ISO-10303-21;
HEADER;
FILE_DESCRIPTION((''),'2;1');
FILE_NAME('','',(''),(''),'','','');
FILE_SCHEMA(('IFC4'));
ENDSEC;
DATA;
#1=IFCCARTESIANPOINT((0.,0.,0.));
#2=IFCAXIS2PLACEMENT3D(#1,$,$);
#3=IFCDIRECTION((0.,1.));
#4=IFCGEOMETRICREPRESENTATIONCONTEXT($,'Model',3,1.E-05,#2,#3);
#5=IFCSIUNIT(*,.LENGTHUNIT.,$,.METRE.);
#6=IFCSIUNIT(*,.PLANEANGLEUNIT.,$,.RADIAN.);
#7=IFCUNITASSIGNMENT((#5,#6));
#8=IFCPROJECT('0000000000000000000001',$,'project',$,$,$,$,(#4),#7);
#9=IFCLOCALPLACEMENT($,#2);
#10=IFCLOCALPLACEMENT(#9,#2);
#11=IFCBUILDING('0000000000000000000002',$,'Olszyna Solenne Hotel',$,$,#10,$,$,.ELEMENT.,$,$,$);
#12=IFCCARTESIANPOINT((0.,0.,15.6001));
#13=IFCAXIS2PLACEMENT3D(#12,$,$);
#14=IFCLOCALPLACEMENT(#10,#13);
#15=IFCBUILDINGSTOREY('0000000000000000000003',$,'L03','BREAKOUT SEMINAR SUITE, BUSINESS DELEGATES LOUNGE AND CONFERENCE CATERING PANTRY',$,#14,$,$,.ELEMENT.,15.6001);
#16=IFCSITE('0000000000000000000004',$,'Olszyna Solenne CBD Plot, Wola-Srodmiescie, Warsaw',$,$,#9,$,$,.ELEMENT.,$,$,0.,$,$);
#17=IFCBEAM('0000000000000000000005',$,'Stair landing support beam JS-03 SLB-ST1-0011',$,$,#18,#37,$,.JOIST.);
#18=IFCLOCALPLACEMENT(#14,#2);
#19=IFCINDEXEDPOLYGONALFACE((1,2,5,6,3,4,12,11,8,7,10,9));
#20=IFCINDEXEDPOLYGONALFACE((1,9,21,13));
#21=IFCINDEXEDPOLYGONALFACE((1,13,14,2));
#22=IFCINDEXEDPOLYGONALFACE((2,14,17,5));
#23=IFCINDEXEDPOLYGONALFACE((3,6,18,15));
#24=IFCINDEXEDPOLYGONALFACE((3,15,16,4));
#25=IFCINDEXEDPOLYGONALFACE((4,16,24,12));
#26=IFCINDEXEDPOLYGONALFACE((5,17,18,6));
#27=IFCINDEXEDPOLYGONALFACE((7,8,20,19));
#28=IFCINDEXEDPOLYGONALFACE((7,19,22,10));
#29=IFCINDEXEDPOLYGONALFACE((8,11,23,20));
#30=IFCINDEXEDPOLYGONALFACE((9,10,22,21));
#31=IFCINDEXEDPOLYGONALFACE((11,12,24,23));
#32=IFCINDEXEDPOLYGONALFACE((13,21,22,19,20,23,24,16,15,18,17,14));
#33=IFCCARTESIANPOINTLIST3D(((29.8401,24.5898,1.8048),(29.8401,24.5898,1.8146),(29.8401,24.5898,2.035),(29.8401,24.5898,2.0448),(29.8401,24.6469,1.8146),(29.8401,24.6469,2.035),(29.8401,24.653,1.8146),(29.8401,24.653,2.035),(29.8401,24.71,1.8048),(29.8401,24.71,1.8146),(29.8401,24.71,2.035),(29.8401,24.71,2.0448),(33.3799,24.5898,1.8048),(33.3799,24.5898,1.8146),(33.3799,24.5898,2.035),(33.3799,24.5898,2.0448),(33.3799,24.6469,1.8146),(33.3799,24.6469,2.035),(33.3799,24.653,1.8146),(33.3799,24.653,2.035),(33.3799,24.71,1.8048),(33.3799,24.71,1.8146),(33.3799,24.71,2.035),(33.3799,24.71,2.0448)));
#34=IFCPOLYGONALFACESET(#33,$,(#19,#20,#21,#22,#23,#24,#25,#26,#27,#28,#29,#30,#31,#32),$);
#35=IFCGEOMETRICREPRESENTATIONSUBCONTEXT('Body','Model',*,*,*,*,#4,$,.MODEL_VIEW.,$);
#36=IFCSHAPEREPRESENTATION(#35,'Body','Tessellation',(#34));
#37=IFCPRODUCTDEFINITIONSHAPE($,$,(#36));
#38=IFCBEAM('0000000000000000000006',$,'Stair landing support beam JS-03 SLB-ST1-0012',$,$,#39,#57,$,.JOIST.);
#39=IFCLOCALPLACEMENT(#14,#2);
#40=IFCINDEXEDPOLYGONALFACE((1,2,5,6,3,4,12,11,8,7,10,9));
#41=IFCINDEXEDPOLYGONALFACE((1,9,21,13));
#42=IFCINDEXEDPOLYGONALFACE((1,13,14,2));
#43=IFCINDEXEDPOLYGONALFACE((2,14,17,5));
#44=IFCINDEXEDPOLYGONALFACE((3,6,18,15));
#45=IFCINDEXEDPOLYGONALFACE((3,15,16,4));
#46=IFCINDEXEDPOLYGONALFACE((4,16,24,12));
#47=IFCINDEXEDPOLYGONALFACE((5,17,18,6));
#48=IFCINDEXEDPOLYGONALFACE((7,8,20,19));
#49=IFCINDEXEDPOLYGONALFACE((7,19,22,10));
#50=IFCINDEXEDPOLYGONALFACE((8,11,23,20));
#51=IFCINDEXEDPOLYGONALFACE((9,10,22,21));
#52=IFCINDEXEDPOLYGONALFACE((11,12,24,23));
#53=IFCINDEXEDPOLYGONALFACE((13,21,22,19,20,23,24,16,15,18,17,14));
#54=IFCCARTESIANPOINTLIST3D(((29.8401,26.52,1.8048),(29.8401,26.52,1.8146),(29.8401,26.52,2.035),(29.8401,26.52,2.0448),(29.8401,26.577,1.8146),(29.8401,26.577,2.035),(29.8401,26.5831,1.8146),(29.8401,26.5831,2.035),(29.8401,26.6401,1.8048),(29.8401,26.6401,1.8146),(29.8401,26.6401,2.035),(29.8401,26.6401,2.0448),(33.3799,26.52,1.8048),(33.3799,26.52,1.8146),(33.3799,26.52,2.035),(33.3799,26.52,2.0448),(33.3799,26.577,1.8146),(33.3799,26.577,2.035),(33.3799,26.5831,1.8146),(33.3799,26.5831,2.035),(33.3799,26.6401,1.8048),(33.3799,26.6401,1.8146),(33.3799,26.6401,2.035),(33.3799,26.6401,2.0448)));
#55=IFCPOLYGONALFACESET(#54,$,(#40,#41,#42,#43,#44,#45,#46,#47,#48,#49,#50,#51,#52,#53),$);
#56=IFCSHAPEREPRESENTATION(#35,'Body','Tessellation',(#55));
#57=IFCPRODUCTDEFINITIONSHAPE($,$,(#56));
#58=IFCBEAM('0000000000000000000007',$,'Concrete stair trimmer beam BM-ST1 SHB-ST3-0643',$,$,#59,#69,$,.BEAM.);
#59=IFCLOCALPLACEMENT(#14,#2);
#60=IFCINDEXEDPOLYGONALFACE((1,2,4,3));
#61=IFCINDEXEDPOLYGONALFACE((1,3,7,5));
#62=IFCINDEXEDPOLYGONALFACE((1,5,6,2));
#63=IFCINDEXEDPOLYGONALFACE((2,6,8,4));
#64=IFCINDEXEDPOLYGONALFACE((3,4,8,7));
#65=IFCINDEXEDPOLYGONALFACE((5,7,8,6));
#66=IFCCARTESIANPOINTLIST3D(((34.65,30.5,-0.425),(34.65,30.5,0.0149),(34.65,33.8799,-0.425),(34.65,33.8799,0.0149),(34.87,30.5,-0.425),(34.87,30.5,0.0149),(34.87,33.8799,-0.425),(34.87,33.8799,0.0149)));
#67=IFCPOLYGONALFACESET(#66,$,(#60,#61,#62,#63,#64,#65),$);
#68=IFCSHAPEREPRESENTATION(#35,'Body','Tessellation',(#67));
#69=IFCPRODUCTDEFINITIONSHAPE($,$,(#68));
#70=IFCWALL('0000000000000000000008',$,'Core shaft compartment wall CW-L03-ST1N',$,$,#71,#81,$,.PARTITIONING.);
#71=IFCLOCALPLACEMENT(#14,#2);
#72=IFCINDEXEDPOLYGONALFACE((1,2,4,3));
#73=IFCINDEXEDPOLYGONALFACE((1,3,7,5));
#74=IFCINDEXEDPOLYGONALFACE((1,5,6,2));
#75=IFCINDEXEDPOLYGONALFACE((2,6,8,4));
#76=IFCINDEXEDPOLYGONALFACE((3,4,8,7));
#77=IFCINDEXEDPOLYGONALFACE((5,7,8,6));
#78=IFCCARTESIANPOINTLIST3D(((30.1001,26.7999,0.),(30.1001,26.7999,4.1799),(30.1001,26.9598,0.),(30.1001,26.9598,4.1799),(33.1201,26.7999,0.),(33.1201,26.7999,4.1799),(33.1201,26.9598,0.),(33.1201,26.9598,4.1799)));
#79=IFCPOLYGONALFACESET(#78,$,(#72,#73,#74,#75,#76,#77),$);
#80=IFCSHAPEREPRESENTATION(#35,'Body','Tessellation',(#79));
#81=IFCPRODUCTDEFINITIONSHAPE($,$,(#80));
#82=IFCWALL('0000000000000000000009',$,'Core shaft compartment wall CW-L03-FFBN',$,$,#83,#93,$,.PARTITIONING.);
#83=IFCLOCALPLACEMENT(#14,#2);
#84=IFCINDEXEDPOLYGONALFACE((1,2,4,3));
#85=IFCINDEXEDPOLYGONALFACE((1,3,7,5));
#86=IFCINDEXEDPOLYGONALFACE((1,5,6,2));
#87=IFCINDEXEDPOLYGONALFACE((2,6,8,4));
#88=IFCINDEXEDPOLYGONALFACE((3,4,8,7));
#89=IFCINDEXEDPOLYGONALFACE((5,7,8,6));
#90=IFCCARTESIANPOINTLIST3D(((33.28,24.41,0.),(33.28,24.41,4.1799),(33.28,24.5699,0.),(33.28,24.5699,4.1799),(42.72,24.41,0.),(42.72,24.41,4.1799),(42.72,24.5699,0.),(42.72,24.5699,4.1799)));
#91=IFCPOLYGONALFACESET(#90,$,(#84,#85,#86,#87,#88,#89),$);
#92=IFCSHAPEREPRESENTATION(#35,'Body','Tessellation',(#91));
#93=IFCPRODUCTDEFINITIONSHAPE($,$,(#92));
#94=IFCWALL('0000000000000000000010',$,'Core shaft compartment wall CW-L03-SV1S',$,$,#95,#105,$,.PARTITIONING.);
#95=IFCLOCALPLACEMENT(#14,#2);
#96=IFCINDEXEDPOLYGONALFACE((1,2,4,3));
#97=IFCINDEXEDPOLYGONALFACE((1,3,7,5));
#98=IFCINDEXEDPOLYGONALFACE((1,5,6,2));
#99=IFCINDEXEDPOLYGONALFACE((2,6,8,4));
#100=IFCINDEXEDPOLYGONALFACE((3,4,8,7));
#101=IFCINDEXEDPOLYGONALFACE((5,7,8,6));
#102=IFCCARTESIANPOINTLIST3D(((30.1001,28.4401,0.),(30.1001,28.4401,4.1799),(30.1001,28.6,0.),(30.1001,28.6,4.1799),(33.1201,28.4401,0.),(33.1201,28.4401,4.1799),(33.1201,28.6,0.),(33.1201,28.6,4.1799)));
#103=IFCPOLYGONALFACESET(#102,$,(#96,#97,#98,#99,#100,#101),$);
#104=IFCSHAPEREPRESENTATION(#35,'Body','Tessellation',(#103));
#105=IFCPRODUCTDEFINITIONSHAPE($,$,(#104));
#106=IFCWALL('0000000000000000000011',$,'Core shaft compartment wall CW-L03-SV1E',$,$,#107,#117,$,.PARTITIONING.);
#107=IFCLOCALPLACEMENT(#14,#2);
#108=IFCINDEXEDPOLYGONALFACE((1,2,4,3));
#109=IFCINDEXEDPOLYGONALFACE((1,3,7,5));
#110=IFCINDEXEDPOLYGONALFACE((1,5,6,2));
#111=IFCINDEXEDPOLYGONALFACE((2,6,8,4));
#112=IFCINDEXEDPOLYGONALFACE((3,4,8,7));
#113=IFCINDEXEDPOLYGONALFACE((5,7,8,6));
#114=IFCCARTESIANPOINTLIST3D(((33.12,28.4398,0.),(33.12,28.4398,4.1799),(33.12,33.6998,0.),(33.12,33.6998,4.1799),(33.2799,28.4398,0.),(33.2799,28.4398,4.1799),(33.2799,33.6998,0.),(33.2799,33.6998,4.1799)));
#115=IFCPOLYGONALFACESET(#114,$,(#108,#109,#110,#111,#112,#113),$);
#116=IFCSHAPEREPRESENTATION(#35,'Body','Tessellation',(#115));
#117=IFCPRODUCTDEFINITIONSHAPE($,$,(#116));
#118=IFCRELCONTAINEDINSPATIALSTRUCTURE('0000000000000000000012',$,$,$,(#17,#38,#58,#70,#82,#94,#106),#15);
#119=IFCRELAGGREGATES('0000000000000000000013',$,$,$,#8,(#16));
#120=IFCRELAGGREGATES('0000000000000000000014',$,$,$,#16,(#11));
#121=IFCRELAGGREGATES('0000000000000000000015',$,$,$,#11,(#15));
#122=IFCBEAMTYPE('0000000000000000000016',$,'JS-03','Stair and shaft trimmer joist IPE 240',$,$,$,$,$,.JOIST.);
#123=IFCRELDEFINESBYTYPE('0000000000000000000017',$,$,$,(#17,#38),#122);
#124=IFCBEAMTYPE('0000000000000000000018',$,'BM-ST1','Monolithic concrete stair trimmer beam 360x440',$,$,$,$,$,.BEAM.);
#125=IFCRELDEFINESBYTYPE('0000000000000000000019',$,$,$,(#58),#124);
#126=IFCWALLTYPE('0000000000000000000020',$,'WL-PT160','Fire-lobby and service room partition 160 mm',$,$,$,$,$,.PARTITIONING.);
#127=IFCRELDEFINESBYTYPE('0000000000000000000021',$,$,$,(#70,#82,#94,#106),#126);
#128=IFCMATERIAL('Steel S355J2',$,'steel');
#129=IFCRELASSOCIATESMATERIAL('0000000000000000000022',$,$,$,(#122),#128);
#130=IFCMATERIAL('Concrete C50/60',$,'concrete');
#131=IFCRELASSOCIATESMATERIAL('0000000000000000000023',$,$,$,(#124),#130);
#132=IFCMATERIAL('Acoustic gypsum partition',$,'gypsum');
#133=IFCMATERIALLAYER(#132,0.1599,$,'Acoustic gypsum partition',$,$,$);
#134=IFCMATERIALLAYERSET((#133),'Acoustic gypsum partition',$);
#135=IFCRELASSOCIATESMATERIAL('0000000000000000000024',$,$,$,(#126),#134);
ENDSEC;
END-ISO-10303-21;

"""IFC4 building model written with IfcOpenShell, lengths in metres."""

from ifc_helpers import new_model, si_unit, direction, frame, frame_2d, origin, origin_2d, place, context, subcontext, project, spatial, rectangle, i_section, extrude, source, transform, mapped, material, layer, layer_set, material_profile, profile_set, type_object, element, save


model = new_model("IFC4")

# Units and contexts
model_context = context("Model", 3, precision=1e-05, world=origin(), true_north=direction((0.0, 1.0)))
body_context = subcontext(model_context, "Body", "Model", "MODEL_VIEW")
ifc_project = project(units=[si_unit("LENGTHUNIT", "METRE"), si_unit("PLANEANGLEUNIT", "RADIAN")], contexts=[model_context])

# Site, building, storey
site_placement = place(None, origin())
site = spatial("IfcSite", under=ifc_project, at=site_placement, Name="Olszyna Solenne CBD Plot, Wola-Srodmiescie, Warsaw", CompositionType="ELEMENT", RefElevation=0.0)
building_placement = place(site_placement, origin())
building = spatial("IfcBuilding", under=site, at=building_placement, Name="Olszyna Solenne Hotel", CompositionType="ELEMENT")
storey_placement = place(building_placement, frame((0.0, 0.0, 15.6001)))
storey = spatial("IfcBuildingStorey", under=building, at=storey_placement, Name="L03", Description="BREAKOUT SEMINAR SUITE, BUSINESS DELEGATES LOUNGE AND CONFERENCE CATERING PANTRY", CompositionType="ELEMENT", Elevation=15.6001)

# Beams
ifc_material_1 = material(Name="Steel S355J2", Category="steel")
ifc_material_profile_1 = material_profile(ifc_material_1, i_section(OverallWidth=0.1201, OverallDepth=0.24, WebThickness=0.0061, FlangeThickness=0.0098, at=origin_2d()), Name="IPE 240", Category="load-bearing")
ifc_profile_set_1 = profile_set([ifc_material_profile_1], Name="Steel S355J2")
beam_type_1 = type_object("IfcBeamType", Name="JS-03", Description="Stair and shaft trimmer joist IPE 240", PredefinedType="JOIST", material=ifc_profile_set_1)
shared_shape_1 = source(origin(), body_context, "Body", "SweptSolid", [
    extrude(i_section(OverallWidth=0.1201, OverallDepth=0.24, WebThickness=0.0061, FlangeThickness=0.0098, at=origin_2d()), origin(), (0.0, 0.0, 1.0), 3.5398),
])
for number, where, z_axis, x_axis, name in (
    (1, (33.3799, 24.6499, 1.9248), (-1.0, 0.0, 0.0), (0.0, -1.0, 0.0), "Stair landing support beam JS-03 SLB-ST1-0011"),
    (2, (33.3799, 26.5801, 1.9248), (-1.0, 0.0, 0.0), (0.0, -1.0, 0.0), "Stair landing support beam JS-03 SLB-ST1-0012"),
):
    element("IfcBeam", number, at=place(storey_placement, frame(where, z_axis=z_axis, x_axis=x_axis)), inside=storey, type_object=beam_type_1, Name=name, PredefinedType="JOIST", context=body_context, shape_type="MappedRepresentation", body=[
        mapped(shared_shape_1, transform((0.0, 0.0, 0.0), x_axis=(1.0, 0.0, 0.0), y_axis=(0.0, 1.0, 0.0), z_axis=(0.0, 0.0, 1.0), scale=1.0)),
    ])
ifc_material_2 = material(Name="Concrete C50/60", Category="concrete")
ifc_material_profile_2 = material_profile(ifc_material_2, rectangle(XDim=0.22, YDim=0.4399, at=origin_2d()), Name="RC 220x440", Category="load-bearing")
ifc_profile_set_2 = profile_set([ifc_material_profile_2], Name="Concrete C50/60")
beam_type_2 = type_object("IfcBeamType", Name="BM-ST1", Description="Monolithic concrete stair trimmer beam 360x440", PredefinedType="BEAM", material=ifc_profile_set_2)
shared_shape_2 = source(origin(), body_context, "Body", "SweptSolid", [
    extrude(rectangle(XDim=0.22, YDim=0.4399, at=origin_2d()), origin(), (0.0, 0.0, 1.0), 3.3799),
])
beam_placement = place(storey_placement, frame((34.76, 30.5, -0.2051), z_axis=(0.0, 1.0, 0.0), x_axis=(-1.0, 0.0, 0.0)))
element("IfcBeam", 3, at=beam_placement, inside=storey, type_object=beam_type_2, Name="Concrete stair trimmer beam BM-ST1 SHB-ST3-0643", PredefinedType="BEAM", context=body_context, shape_type="MappedRepresentation", body=[
    mapped(shared_shape_2, transform((0.0, 0.0, 0.0), x_axis=(1.0, 0.0, 0.0), y_axis=(0.0, 1.0, 0.0), z_axis=(0.0, 0.0, 1.0), scale=1.0)),
])

# Walls
ifc_material_3 = material(Name="Acoustic gypsum partition", Category="gypsum")
ifc_layer = layer(ifc_material_3, 0.1599, Name="Acoustic gypsum partition")
ifc_layer_set = layer_set([ifc_layer], Name="Acoustic gypsum partition")
wall_type = type_object("IfcWallType", Name="WL-PT160", Description="Fire-lobby and service room partition 160 mm", PredefinedType="PARTITIONING", material=ifc_layer_set)
wall_1_placement = place(storey_placement, frame((30.1001, 26.8799, 0.0), z_axis=(0.0, 0.0, 1.0), x_axis=(1.0, 0.0, 0.0)))
element("IfcWall", 4, at=wall_1_placement, inside=storey, type_object=wall_type, Name="Core shaft compartment wall CW-L03-ST1N", PredefinedType="PARTITIONING", context=body_context, shape_type="SweptSolid", body=[
    extrude(rectangle(XDim=3.02, YDim=0.1599, at=frame_2d((1.51, 0.0))), origin(), (0.0, 0.0, 1.0), 4.1799),
])
wall_2_placement = place(storey_placement, frame((33.28, 24.49, 0.0), z_axis=(0.0, 0.0, 1.0), x_axis=(1.0, 0.0, 0.0)))
element("IfcWall", 5, at=wall_2_placement, inside=storey, type_object=wall_type, Name="Core shaft compartment wall CW-L03-FFBN", PredefinedType="PARTITIONING", context=body_context, shape_type="SweptSolid", body=[
    extrude(rectangle(XDim=9.4399, YDim=0.1599, at=frame_2d((4.72, 0.0))), origin(), (0.0, 0.0, 1.0), 4.1799),
])
wall_3_placement = place(storey_placement, frame((30.1001, 28.52, 0.0), z_axis=(0.0, 0.0, 1.0), x_axis=(1.0, 0.0, 0.0)))
element("IfcWall", 6, at=wall_3_placement, inside=storey, type_object=wall_type, Name="Core shaft compartment wall CW-L03-SV1S", PredefinedType="PARTITIONING", context=body_context, shape_type="SweptSolid", body=[
    extrude(rectangle(XDim=3.02, YDim=0.1599, at=frame_2d((1.51, 0.0))), origin(), (0.0, 0.0, 1.0), 4.1799),
])
wall_4_placement = place(storey_placement, frame((33.2, 28.4399, 0.0), z_axis=(0.0, 0.0, 1.0), x_axis=(0.0, 1.0, 0.0)))
element("IfcWall", 7, at=wall_4_placement, inside=storey, type_object=wall_type, Name="Core shaft compartment wall CW-L03-SV1E", PredefinedType="PARTITIONING", context=body_context, shape_type="SweptSolid", body=[
    extrude(rectangle(XDim=5.26, YDim=0.1599, at=frame_2d((2.6299, 0.0))), origin(), (0.0, 0.0, 1.0), 4.1799),
])

save(model, "model.ifc")
